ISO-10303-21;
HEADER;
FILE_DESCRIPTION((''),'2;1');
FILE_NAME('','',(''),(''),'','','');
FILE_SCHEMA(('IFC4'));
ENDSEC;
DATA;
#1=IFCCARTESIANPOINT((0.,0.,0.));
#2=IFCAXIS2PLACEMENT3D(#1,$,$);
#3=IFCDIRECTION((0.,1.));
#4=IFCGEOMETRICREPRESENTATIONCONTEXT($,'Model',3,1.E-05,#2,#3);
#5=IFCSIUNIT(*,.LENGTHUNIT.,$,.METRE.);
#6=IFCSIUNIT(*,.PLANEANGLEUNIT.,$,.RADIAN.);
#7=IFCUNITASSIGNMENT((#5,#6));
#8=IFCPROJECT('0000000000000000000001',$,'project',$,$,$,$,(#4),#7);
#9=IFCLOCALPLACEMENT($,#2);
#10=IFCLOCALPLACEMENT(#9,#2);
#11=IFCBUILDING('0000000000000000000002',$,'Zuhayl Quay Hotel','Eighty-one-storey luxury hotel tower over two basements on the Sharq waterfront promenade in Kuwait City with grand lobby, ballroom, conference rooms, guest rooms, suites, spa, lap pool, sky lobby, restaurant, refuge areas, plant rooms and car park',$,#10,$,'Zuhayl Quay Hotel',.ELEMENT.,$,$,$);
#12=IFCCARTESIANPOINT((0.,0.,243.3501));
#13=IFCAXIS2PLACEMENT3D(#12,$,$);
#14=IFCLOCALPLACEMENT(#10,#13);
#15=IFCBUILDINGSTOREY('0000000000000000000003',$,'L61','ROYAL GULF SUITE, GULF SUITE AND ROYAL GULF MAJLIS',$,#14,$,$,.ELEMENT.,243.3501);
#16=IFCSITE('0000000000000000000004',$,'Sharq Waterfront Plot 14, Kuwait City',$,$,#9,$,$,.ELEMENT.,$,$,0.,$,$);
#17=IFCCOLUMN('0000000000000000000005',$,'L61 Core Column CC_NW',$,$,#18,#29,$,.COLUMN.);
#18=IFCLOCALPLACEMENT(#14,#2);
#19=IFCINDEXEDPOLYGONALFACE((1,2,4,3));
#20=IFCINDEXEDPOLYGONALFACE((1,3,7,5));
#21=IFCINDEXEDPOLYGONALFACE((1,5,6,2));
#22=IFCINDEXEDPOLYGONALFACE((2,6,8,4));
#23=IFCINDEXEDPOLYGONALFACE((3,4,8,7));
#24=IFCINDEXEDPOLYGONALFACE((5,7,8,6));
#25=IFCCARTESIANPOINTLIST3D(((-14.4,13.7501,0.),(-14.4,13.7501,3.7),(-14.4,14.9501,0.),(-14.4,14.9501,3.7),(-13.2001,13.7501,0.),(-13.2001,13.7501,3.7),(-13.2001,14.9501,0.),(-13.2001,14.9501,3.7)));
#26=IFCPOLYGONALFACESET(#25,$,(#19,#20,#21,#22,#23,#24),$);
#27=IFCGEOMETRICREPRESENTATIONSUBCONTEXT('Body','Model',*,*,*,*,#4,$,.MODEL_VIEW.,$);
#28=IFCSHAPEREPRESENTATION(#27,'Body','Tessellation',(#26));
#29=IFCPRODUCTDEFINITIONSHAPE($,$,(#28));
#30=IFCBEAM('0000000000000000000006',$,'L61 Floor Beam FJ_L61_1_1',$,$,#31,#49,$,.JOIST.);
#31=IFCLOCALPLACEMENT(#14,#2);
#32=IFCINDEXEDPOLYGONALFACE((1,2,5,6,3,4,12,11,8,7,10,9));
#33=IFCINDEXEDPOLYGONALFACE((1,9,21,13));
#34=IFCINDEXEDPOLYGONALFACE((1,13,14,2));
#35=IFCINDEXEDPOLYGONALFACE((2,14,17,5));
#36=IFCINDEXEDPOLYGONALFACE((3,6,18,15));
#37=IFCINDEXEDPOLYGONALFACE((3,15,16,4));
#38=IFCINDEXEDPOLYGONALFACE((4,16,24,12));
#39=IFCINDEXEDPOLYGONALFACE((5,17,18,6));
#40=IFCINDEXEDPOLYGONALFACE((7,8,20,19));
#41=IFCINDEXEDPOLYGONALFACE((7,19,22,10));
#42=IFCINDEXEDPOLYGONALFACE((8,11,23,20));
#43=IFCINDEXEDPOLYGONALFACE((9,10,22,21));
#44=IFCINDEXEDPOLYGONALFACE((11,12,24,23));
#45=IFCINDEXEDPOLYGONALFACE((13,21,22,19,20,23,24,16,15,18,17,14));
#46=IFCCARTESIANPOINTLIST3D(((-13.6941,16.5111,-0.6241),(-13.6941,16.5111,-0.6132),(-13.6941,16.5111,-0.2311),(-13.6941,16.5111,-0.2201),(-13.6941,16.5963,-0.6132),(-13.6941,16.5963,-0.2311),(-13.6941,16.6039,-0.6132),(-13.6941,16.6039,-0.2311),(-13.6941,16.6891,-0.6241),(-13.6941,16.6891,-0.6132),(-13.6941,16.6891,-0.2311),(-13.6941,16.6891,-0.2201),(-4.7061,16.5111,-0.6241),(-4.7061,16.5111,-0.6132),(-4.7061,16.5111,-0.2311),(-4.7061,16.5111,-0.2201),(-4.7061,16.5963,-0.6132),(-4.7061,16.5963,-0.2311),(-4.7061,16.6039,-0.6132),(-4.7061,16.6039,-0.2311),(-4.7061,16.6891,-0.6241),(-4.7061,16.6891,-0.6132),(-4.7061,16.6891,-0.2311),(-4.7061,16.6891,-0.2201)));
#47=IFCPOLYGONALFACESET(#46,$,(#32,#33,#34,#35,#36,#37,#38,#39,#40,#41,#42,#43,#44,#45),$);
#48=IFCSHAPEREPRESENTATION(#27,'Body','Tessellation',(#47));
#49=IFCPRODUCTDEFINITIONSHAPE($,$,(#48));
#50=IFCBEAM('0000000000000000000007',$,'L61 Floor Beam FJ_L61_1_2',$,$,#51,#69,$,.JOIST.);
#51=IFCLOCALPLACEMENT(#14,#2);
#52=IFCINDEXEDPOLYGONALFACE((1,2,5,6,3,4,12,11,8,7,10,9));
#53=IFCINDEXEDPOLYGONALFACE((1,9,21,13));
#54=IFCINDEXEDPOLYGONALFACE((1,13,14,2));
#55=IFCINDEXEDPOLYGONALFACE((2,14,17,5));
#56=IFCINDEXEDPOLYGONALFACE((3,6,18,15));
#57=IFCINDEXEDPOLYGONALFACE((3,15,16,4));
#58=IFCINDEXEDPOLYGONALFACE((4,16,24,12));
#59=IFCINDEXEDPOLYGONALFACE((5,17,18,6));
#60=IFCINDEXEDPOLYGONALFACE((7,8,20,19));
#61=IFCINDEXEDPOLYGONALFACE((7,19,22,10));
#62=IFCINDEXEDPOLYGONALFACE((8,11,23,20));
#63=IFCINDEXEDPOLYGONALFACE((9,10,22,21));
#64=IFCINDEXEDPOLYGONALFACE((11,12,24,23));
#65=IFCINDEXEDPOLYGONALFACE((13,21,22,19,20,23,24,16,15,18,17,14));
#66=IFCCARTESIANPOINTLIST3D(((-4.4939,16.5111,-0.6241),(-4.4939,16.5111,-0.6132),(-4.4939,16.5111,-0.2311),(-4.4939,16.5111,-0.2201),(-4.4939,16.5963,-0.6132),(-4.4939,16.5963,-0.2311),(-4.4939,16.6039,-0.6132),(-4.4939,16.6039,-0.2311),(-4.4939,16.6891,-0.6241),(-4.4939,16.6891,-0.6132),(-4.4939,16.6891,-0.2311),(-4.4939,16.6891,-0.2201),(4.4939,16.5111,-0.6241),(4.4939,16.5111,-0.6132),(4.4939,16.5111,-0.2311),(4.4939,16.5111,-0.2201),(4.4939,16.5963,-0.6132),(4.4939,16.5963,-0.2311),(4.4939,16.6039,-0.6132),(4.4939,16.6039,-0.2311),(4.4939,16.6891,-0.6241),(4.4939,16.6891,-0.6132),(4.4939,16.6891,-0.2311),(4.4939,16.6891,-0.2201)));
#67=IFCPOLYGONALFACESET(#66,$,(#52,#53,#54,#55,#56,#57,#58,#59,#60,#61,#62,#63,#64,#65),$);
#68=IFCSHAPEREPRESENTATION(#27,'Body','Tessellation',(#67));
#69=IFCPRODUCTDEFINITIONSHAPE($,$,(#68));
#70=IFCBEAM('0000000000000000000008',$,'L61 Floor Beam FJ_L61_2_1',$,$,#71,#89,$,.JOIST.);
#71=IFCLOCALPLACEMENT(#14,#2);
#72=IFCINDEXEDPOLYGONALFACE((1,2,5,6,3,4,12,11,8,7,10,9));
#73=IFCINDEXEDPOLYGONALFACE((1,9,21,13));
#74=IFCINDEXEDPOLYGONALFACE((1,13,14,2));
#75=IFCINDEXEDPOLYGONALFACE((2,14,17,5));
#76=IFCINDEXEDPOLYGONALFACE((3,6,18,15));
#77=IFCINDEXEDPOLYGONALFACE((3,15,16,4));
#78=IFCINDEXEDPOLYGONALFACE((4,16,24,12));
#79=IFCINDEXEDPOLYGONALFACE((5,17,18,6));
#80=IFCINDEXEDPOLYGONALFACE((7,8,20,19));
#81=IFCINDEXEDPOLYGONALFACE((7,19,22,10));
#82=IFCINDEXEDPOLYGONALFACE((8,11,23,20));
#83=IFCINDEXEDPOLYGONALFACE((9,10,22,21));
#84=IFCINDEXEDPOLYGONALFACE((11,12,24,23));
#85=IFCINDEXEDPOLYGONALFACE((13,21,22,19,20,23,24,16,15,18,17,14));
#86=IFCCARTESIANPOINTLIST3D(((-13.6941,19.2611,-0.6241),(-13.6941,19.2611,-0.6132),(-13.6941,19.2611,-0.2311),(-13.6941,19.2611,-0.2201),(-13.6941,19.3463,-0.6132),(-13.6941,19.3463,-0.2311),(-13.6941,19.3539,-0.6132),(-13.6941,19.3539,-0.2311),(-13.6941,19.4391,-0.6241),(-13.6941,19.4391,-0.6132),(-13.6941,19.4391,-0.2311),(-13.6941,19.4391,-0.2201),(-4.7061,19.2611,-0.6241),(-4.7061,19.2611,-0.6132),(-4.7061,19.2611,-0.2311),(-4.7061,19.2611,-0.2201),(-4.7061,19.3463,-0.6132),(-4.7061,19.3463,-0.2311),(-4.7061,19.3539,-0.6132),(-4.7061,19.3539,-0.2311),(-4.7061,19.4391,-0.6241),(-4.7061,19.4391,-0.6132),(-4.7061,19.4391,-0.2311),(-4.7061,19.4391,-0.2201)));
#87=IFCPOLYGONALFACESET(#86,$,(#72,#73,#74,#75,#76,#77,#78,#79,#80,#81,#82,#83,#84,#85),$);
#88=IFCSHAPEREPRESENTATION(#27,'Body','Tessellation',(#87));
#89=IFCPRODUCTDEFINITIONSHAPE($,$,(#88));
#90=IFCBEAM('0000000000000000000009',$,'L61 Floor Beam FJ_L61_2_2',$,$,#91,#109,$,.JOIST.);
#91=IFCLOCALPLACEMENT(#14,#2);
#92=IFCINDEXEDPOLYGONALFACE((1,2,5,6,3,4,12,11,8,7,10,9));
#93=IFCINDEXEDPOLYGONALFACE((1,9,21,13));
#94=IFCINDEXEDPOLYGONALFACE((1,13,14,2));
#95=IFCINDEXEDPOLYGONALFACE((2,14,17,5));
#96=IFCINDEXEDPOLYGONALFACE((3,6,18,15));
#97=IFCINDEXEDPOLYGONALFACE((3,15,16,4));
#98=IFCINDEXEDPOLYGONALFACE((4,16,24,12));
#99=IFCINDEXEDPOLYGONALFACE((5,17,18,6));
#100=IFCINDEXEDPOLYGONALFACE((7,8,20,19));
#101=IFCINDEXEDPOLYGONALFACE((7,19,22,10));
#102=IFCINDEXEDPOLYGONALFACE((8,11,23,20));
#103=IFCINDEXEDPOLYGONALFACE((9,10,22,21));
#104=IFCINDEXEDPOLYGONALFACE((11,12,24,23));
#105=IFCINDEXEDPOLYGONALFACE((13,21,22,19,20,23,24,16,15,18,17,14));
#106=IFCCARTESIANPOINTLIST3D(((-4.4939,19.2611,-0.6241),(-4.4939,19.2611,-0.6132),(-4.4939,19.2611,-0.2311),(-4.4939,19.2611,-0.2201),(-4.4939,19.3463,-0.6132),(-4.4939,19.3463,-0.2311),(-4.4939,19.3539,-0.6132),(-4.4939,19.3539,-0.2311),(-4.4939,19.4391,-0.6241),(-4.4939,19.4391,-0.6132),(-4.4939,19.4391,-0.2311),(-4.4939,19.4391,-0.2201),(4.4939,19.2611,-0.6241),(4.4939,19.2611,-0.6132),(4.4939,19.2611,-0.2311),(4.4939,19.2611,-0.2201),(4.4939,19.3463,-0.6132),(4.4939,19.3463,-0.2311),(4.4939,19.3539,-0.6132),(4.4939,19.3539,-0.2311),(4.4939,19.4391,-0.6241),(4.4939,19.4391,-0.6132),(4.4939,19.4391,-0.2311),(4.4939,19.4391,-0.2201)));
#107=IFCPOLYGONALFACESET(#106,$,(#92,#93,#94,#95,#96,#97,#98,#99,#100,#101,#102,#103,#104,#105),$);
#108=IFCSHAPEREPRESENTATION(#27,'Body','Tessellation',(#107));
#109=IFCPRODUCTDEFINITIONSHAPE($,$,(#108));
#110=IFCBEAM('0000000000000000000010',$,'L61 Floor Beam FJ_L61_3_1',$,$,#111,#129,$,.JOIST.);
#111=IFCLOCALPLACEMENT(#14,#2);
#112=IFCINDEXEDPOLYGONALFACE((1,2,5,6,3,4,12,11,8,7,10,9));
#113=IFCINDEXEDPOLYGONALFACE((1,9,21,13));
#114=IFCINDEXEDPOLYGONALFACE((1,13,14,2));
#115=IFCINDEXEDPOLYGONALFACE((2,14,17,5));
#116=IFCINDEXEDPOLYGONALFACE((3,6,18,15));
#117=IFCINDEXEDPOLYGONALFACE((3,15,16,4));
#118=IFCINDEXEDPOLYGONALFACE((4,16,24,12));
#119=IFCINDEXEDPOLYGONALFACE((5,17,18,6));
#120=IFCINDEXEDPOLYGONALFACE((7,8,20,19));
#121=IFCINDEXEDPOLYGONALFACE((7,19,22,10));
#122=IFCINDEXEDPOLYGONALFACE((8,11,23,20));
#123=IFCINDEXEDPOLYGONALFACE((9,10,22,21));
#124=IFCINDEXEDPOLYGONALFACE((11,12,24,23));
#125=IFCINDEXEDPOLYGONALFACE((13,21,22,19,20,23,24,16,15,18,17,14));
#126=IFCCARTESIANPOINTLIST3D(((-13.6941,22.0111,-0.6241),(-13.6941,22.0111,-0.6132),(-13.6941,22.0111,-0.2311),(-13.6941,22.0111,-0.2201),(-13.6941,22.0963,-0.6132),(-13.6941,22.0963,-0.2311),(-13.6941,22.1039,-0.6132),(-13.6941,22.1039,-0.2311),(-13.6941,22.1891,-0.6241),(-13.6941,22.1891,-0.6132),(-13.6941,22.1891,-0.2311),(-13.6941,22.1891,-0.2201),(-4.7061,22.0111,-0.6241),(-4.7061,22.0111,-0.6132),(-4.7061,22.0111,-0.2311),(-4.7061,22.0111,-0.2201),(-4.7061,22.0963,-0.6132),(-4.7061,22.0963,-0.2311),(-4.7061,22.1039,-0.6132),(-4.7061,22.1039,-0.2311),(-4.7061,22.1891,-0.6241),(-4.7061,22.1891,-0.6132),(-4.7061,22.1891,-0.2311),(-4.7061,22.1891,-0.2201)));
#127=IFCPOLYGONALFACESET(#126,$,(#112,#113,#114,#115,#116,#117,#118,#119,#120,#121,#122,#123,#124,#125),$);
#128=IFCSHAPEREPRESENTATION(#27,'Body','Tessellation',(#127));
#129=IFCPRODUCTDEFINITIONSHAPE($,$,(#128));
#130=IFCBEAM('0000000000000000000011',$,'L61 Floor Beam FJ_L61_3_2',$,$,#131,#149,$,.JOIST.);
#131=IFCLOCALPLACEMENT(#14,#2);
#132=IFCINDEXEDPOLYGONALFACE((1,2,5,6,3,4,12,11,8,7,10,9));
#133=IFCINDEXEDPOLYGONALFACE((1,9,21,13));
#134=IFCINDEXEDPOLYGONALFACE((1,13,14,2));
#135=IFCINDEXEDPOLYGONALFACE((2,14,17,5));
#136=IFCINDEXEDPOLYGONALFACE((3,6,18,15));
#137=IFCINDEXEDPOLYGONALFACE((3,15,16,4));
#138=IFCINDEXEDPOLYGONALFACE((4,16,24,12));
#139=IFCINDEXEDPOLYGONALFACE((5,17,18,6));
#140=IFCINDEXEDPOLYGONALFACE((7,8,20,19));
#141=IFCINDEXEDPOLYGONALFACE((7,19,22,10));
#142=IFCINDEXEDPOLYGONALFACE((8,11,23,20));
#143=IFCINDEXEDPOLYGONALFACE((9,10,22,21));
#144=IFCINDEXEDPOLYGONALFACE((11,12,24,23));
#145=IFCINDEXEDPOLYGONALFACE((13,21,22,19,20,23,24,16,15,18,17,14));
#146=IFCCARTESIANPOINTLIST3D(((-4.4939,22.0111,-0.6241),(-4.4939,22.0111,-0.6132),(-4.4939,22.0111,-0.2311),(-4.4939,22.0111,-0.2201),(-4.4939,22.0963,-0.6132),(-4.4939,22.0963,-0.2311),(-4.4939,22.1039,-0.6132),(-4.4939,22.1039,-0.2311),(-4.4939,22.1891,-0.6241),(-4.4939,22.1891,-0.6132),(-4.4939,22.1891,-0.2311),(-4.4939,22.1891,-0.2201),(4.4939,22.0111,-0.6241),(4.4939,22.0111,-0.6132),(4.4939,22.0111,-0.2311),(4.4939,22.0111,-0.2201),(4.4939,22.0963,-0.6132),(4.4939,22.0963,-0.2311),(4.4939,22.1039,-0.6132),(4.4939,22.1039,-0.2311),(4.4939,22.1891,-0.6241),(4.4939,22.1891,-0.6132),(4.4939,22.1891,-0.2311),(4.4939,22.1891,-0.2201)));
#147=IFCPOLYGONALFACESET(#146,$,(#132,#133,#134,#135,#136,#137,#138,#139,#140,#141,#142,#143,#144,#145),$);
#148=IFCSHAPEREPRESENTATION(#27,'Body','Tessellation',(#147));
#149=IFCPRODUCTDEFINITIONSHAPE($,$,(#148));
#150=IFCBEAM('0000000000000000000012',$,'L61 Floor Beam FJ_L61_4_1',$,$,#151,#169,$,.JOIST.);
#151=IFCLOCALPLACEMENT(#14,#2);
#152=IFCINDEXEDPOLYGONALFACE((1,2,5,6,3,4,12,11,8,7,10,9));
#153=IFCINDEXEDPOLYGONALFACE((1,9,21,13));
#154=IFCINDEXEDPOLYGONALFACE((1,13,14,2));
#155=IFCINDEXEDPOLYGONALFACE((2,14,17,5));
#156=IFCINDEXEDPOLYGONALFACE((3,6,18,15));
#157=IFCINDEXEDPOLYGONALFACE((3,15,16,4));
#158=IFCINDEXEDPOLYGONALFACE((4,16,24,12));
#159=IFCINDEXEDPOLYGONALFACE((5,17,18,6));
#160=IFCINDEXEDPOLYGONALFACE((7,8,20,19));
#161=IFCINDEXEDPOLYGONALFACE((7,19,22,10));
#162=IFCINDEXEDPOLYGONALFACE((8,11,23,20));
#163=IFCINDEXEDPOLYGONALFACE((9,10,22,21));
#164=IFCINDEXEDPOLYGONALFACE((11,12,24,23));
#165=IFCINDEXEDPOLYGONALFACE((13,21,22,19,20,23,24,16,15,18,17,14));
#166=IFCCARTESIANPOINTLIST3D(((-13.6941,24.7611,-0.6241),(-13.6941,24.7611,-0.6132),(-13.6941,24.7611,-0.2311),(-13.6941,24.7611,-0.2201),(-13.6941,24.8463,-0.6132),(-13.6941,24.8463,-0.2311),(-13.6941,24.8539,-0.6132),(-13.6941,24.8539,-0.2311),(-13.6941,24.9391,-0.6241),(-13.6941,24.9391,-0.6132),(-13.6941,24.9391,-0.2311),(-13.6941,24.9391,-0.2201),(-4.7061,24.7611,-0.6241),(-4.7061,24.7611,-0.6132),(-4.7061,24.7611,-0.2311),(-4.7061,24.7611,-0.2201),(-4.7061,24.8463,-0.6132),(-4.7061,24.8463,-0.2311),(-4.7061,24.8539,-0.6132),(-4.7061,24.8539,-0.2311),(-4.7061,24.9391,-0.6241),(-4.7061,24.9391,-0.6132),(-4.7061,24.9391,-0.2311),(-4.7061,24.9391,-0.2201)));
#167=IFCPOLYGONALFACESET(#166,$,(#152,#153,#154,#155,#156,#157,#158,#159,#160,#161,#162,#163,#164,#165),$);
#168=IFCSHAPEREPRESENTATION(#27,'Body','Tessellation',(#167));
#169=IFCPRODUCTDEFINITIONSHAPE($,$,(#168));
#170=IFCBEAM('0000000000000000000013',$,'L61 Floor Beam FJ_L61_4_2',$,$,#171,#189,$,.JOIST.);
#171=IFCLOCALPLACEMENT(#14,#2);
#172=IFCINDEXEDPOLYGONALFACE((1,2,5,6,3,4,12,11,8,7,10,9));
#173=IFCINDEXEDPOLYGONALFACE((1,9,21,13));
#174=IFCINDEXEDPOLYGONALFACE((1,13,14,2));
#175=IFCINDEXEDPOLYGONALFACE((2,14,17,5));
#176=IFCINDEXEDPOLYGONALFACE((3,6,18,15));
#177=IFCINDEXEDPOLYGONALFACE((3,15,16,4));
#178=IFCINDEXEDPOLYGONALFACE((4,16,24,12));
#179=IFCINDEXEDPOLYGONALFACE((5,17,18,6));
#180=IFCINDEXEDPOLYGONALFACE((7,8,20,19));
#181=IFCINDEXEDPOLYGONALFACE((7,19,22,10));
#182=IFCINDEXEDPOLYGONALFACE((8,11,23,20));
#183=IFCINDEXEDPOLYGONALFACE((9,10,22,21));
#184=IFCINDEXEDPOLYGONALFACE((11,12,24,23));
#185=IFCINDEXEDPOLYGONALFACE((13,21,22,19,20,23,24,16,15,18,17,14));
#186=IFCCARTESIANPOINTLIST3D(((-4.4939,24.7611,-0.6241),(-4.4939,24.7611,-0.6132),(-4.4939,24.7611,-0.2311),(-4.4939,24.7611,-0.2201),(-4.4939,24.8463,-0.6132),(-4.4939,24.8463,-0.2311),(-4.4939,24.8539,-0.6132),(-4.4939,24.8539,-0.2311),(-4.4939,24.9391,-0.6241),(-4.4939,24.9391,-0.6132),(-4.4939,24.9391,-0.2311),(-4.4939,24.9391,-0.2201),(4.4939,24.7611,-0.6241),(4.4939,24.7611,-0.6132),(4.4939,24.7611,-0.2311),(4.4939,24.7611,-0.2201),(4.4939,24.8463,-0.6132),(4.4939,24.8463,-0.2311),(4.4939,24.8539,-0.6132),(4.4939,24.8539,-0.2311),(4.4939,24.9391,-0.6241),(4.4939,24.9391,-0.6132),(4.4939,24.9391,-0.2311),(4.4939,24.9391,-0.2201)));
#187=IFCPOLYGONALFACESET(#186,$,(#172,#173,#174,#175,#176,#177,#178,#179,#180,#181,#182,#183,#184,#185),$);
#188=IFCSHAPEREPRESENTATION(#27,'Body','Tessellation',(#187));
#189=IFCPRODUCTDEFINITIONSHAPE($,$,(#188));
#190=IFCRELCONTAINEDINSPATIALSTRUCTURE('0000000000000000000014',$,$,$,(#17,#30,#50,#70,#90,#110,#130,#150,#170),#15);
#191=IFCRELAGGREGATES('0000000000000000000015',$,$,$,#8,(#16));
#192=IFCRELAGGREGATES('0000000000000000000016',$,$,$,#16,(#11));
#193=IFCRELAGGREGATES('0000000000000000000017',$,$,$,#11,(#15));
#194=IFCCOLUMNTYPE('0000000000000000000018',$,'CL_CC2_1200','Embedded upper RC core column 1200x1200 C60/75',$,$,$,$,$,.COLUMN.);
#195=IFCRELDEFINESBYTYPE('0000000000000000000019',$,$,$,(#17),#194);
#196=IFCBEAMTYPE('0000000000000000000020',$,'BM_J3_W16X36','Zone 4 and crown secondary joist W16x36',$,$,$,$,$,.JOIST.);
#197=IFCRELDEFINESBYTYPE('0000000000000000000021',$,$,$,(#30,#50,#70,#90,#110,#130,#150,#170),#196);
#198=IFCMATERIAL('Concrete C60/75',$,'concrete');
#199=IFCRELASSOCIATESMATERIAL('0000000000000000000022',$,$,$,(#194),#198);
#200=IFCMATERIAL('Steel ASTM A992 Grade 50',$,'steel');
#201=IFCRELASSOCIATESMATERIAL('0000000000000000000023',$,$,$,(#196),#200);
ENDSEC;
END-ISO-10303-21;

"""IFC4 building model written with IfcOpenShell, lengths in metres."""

from ifc_helpers import new_model, si_unit, direction, frame, origin, origin_2d, place, context, subcontext, project, spatial, rectangle, i_section, extrude, material, material_profile, profile_set, type_object, element, save


model = new_model("IFC4")

# Units and contexts
model_context = context("Model", 3, precision=1e-05, world=origin(), true_north=direction((0.0, 1.0)))
body_context = subcontext(model_context, "Body", "Model", "MODEL_VIEW")
ifc_project = project(units=[si_unit("LENGTHUNIT", "METRE"), si_unit("PLANEANGLEUNIT", "RADIAN")], contexts=[model_context])

# Site, building, storey
site_placement = place(None, origin())
site = spatial("IfcSite", under=ifc_project, at=site_placement, Name="Sharq Waterfront Plot 14, Kuwait City", CompositionType="ELEMENT", RefElevation=0.0)
building_placement = place(site_placement, origin())
building = spatial("IfcBuilding", under=site, at=building_placement, Name="Zuhayl Quay Hotel", Description="Eighty-one-storey luxury hotel tower over two basements on the Sharq waterfront promenade in Kuwait City with grand lobby, ballroom, conference rooms, guest rooms, suites, spa, lap pool, sky lobby, restaurant, refuge areas, plant rooms and car park", LongName="Zuhayl Quay Hotel", CompositionType="ELEMENT")
storey_placement = place(building_placement, frame((0.0, 0.0, 243.3501)))
storey = spatial("IfcBuildingStorey", under=building, at=storey_placement, Name="L61", Description="ROYAL GULF SUITE, GULF SUITE AND ROYAL GULF MAJLIS", CompositionType="ELEMENT", Elevation=243.3501)

# Column
ifc_material_1 = material(Name="Concrete C60/75", Category="concrete")
ifc_material_profile_1 = material_profile(ifc_material_1, rectangle(XDim=1.2, YDim=1.2, at=origin_2d()), Name="RC1200X1200")
ifc_profile_set_1 = profile_set([ifc_material_profile_1], Name="Concrete C60/75")
column_type = type_object("IfcColumnType", Name="CL_CC2_1200", Description="Embedded upper RC core column 1200x1200 C60/75", PredefinedType="COLUMN", material=ifc_profile_set_1)
column_placement = place(storey_placement, frame((-13.8, 14.3501, 0.0), z_axis=(0.0, 0.0, 1.0), x_axis=(1.0, 0.0, 0.0)))
element("IfcColumn", 1, at=column_placement, inside=storey, type_object=column_type, Name="L61 Core Column CC_NW", PredefinedType="COLUMN", context=body_context, shape_type="SweptSolid", body=[
    extrude(rectangle(XDim=1.2, YDim=1.2, at=origin_2d()), origin(), (0.0, 0.0, 1.0), 3.7),
])

# Beams
ifc_material_2 = material(Name="Steel ASTM A992 Grade 50", Category="steel")
ifc_material_profile_2 = material_profile(ifc_material_2, i_section(OverallWidth=0.178, OverallDepth=0.4041, WebThickness=0.0076, FlangeThickness=0.011, at=origin_2d()), Name="W16X36")
ifc_profile_set_2 = profile_set([ifc_material_profile_2], Name="Steel ASTM A992 Grade 50")
beam_type_1 = type_object("IfcBeamType", Name="BM_J3_W16X36", Description="Zone 4 and crown secondary joist W16x36", PredefinedType="JOIST", material=ifc_profile_set_2)
beam_1_placement = place(storey_placement, frame((-13.6941, 16.6001, -0.4221), z_axis=(1.0, 0.0, 0.0), x_axis=(0.0, 1.0, 0.0)))
element("IfcBeam", 2, at=beam_1_placement, inside=storey, type_object=beam_type_1, Name="L61 Floor Beam FJ_L61_1_1", PredefinedType="JOIST", context=body_context, shape_type="SweptSolid", body=[
    extrude(i_section(OverallWidth=0.178, OverallDepth=0.4041, WebThickness=0.0076, FlangeThickness=0.011, at=origin_2d()), origin(), (0.0, 0.0, 1.0), 8.988),
])
beam_2_placement = place(storey_placement, frame((-4.4939, 16.6001, -0.4221), z_axis=(1.0, 0.0, 0.0), x_axis=(0.0, 1.0, 0.0)))
element("IfcBeam", 3, at=beam_2_placement, inside=storey, type_object=beam_type_1, Name="L61 Floor Beam FJ_L61_1_2", PredefinedType="JOIST", context=body_context, shape_type="SweptSolid", body=[
    extrude(i_section(OverallWidth=0.178, OverallDepth=0.4041, WebThickness=0.0076, FlangeThickness=0.011, at=origin_2d()), origin(), (0.0, 0.0, 1.0), 8.9878),
])
beam_3_placement = place(storey_placement, frame((-13.6941, 19.3501, -0.4221), z_axis=(1.0, 0.0, 0.0), x_axis=(0.0, 1.0, 0.0)))
element("IfcBeam", 4, at=beam_3_placement, inside=storey, type_object=beam_type_1, Name="L61 Floor Beam FJ_L61_2_1", PredefinedType="JOIST", context=body_context, shape_type="SweptSolid", body=[
    extrude(i_section(OverallWidth=0.178, OverallDepth=0.4041, WebThickness=0.0076, FlangeThickness=0.011, at=origin_2d()), origin(), (0.0, 0.0, 1.0), 8.988),
])
beam_4_placement = place(storey_placement, frame((-4.4939, 19.3501, -0.4221), z_axis=(1.0, 0.0, 0.0), x_axis=(0.0, 1.0, 0.0)))
element("IfcBeam", 5, at=beam_4_placement, inside=storey, type_object=beam_type_1, Name="L61 Floor Beam FJ_L61_2_2", PredefinedType="JOIST", context=body_context, shape_type="SweptSolid", body=[
    extrude(i_section(OverallWidth=0.178, OverallDepth=0.4041, WebThickness=0.0076, FlangeThickness=0.011, at=origin_2d()), origin(), (0.0, 0.0, 1.0), 8.9878),
])
beam_5_placement = place(storey_placement, frame((-13.6941, 22.1001, -0.4221), z_axis=(1.0, 0.0, 0.0), x_axis=(0.0, 1.0, 0.0)))
element("IfcBeam", 6, at=beam_5_placement, inside=storey, type_object=beam_type_1, Name="L61 Floor Beam FJ_L61_3_1", PredefinedType="JOIST", context=body_context, shape_type="SweptSolid", body=[
    extrude(i_section(OverallWidth=0.178, OverallDepth=0.4041, WebThickness=0.0076, FlangeThickness=0.011, at=origin_2d()), origin(), (0.0, 0.0, 1.0), 8.988),
])
beam_6_placement = place(storey_placement, frame((-4.4939, 22.1001, -0.4221), z_axis=(1.0, 0.0, 0.0), x_axis=(0.0, 1.0, 0.0)))
element("IfcBeam", 7, at=beam_6_placement, inside=storey, type_object=beam_type_1, Name="L61 Floor Beam FJ_L61_3_2", PredefinedType="JOIST", context=body_context, shape_type="SweptSolid", body=[
    extrude(i_section(OverallWidth=0.178, OverallDepth=0.4041, WebThickness=0.0076, FlangeThickness=0.011, at=origin_2d()), origin(), (0.0, 0.0, 1.0), 8.9878),
])
beam_7_placement = place(storey_placement, frame((-13.6941, 24.8501, -0.4221), z_axis=(1.0, 0.0, 0.0), x_axis=(0.0, 1.0, 0.0)))
element("IfcBeam", 8, at=beam_7_placement, inside=storey, type_object=beam_type_1, Name="L61 Floor Beam FJ_L61_4_1", PredefinedType="JOIST", context=body_context, shape_type="SweptSolid", body=[
    extrude(i_section(OverallWidth=0.178, OverallDepth=0.4041, WebThickness=0.0076, FlangeThickness=0.011, at=origin_2d()), origin(), (0.0, 0.0, 1.0), 8.988),
])
beam_8_placement = place(storey_placement, frame((-4.4939, 24.8501, -0.4221), z_axis=(1.0, 0.0, 0.0), x_axis=(0.0, 1.0, 0.0)))
element("IfcBeam", 9, at=beam_8_placement, inside=storey, type_object=beam_type_1, Name="L61 Floor Beam FJ_L61_4_2", PredefinedType="JOIST", context=body_context, shape_type="SweptSolid", body=[
    extrude(i_section(OverallWidth=0.178, OverallDepth=0.4041, WebThickness=0.0076, FlangeThickness=0.011, at=origin_2d()), origin(), (0.0, 0.0, 1.0), 8.9878),
])

save(model, "model.ifc")
